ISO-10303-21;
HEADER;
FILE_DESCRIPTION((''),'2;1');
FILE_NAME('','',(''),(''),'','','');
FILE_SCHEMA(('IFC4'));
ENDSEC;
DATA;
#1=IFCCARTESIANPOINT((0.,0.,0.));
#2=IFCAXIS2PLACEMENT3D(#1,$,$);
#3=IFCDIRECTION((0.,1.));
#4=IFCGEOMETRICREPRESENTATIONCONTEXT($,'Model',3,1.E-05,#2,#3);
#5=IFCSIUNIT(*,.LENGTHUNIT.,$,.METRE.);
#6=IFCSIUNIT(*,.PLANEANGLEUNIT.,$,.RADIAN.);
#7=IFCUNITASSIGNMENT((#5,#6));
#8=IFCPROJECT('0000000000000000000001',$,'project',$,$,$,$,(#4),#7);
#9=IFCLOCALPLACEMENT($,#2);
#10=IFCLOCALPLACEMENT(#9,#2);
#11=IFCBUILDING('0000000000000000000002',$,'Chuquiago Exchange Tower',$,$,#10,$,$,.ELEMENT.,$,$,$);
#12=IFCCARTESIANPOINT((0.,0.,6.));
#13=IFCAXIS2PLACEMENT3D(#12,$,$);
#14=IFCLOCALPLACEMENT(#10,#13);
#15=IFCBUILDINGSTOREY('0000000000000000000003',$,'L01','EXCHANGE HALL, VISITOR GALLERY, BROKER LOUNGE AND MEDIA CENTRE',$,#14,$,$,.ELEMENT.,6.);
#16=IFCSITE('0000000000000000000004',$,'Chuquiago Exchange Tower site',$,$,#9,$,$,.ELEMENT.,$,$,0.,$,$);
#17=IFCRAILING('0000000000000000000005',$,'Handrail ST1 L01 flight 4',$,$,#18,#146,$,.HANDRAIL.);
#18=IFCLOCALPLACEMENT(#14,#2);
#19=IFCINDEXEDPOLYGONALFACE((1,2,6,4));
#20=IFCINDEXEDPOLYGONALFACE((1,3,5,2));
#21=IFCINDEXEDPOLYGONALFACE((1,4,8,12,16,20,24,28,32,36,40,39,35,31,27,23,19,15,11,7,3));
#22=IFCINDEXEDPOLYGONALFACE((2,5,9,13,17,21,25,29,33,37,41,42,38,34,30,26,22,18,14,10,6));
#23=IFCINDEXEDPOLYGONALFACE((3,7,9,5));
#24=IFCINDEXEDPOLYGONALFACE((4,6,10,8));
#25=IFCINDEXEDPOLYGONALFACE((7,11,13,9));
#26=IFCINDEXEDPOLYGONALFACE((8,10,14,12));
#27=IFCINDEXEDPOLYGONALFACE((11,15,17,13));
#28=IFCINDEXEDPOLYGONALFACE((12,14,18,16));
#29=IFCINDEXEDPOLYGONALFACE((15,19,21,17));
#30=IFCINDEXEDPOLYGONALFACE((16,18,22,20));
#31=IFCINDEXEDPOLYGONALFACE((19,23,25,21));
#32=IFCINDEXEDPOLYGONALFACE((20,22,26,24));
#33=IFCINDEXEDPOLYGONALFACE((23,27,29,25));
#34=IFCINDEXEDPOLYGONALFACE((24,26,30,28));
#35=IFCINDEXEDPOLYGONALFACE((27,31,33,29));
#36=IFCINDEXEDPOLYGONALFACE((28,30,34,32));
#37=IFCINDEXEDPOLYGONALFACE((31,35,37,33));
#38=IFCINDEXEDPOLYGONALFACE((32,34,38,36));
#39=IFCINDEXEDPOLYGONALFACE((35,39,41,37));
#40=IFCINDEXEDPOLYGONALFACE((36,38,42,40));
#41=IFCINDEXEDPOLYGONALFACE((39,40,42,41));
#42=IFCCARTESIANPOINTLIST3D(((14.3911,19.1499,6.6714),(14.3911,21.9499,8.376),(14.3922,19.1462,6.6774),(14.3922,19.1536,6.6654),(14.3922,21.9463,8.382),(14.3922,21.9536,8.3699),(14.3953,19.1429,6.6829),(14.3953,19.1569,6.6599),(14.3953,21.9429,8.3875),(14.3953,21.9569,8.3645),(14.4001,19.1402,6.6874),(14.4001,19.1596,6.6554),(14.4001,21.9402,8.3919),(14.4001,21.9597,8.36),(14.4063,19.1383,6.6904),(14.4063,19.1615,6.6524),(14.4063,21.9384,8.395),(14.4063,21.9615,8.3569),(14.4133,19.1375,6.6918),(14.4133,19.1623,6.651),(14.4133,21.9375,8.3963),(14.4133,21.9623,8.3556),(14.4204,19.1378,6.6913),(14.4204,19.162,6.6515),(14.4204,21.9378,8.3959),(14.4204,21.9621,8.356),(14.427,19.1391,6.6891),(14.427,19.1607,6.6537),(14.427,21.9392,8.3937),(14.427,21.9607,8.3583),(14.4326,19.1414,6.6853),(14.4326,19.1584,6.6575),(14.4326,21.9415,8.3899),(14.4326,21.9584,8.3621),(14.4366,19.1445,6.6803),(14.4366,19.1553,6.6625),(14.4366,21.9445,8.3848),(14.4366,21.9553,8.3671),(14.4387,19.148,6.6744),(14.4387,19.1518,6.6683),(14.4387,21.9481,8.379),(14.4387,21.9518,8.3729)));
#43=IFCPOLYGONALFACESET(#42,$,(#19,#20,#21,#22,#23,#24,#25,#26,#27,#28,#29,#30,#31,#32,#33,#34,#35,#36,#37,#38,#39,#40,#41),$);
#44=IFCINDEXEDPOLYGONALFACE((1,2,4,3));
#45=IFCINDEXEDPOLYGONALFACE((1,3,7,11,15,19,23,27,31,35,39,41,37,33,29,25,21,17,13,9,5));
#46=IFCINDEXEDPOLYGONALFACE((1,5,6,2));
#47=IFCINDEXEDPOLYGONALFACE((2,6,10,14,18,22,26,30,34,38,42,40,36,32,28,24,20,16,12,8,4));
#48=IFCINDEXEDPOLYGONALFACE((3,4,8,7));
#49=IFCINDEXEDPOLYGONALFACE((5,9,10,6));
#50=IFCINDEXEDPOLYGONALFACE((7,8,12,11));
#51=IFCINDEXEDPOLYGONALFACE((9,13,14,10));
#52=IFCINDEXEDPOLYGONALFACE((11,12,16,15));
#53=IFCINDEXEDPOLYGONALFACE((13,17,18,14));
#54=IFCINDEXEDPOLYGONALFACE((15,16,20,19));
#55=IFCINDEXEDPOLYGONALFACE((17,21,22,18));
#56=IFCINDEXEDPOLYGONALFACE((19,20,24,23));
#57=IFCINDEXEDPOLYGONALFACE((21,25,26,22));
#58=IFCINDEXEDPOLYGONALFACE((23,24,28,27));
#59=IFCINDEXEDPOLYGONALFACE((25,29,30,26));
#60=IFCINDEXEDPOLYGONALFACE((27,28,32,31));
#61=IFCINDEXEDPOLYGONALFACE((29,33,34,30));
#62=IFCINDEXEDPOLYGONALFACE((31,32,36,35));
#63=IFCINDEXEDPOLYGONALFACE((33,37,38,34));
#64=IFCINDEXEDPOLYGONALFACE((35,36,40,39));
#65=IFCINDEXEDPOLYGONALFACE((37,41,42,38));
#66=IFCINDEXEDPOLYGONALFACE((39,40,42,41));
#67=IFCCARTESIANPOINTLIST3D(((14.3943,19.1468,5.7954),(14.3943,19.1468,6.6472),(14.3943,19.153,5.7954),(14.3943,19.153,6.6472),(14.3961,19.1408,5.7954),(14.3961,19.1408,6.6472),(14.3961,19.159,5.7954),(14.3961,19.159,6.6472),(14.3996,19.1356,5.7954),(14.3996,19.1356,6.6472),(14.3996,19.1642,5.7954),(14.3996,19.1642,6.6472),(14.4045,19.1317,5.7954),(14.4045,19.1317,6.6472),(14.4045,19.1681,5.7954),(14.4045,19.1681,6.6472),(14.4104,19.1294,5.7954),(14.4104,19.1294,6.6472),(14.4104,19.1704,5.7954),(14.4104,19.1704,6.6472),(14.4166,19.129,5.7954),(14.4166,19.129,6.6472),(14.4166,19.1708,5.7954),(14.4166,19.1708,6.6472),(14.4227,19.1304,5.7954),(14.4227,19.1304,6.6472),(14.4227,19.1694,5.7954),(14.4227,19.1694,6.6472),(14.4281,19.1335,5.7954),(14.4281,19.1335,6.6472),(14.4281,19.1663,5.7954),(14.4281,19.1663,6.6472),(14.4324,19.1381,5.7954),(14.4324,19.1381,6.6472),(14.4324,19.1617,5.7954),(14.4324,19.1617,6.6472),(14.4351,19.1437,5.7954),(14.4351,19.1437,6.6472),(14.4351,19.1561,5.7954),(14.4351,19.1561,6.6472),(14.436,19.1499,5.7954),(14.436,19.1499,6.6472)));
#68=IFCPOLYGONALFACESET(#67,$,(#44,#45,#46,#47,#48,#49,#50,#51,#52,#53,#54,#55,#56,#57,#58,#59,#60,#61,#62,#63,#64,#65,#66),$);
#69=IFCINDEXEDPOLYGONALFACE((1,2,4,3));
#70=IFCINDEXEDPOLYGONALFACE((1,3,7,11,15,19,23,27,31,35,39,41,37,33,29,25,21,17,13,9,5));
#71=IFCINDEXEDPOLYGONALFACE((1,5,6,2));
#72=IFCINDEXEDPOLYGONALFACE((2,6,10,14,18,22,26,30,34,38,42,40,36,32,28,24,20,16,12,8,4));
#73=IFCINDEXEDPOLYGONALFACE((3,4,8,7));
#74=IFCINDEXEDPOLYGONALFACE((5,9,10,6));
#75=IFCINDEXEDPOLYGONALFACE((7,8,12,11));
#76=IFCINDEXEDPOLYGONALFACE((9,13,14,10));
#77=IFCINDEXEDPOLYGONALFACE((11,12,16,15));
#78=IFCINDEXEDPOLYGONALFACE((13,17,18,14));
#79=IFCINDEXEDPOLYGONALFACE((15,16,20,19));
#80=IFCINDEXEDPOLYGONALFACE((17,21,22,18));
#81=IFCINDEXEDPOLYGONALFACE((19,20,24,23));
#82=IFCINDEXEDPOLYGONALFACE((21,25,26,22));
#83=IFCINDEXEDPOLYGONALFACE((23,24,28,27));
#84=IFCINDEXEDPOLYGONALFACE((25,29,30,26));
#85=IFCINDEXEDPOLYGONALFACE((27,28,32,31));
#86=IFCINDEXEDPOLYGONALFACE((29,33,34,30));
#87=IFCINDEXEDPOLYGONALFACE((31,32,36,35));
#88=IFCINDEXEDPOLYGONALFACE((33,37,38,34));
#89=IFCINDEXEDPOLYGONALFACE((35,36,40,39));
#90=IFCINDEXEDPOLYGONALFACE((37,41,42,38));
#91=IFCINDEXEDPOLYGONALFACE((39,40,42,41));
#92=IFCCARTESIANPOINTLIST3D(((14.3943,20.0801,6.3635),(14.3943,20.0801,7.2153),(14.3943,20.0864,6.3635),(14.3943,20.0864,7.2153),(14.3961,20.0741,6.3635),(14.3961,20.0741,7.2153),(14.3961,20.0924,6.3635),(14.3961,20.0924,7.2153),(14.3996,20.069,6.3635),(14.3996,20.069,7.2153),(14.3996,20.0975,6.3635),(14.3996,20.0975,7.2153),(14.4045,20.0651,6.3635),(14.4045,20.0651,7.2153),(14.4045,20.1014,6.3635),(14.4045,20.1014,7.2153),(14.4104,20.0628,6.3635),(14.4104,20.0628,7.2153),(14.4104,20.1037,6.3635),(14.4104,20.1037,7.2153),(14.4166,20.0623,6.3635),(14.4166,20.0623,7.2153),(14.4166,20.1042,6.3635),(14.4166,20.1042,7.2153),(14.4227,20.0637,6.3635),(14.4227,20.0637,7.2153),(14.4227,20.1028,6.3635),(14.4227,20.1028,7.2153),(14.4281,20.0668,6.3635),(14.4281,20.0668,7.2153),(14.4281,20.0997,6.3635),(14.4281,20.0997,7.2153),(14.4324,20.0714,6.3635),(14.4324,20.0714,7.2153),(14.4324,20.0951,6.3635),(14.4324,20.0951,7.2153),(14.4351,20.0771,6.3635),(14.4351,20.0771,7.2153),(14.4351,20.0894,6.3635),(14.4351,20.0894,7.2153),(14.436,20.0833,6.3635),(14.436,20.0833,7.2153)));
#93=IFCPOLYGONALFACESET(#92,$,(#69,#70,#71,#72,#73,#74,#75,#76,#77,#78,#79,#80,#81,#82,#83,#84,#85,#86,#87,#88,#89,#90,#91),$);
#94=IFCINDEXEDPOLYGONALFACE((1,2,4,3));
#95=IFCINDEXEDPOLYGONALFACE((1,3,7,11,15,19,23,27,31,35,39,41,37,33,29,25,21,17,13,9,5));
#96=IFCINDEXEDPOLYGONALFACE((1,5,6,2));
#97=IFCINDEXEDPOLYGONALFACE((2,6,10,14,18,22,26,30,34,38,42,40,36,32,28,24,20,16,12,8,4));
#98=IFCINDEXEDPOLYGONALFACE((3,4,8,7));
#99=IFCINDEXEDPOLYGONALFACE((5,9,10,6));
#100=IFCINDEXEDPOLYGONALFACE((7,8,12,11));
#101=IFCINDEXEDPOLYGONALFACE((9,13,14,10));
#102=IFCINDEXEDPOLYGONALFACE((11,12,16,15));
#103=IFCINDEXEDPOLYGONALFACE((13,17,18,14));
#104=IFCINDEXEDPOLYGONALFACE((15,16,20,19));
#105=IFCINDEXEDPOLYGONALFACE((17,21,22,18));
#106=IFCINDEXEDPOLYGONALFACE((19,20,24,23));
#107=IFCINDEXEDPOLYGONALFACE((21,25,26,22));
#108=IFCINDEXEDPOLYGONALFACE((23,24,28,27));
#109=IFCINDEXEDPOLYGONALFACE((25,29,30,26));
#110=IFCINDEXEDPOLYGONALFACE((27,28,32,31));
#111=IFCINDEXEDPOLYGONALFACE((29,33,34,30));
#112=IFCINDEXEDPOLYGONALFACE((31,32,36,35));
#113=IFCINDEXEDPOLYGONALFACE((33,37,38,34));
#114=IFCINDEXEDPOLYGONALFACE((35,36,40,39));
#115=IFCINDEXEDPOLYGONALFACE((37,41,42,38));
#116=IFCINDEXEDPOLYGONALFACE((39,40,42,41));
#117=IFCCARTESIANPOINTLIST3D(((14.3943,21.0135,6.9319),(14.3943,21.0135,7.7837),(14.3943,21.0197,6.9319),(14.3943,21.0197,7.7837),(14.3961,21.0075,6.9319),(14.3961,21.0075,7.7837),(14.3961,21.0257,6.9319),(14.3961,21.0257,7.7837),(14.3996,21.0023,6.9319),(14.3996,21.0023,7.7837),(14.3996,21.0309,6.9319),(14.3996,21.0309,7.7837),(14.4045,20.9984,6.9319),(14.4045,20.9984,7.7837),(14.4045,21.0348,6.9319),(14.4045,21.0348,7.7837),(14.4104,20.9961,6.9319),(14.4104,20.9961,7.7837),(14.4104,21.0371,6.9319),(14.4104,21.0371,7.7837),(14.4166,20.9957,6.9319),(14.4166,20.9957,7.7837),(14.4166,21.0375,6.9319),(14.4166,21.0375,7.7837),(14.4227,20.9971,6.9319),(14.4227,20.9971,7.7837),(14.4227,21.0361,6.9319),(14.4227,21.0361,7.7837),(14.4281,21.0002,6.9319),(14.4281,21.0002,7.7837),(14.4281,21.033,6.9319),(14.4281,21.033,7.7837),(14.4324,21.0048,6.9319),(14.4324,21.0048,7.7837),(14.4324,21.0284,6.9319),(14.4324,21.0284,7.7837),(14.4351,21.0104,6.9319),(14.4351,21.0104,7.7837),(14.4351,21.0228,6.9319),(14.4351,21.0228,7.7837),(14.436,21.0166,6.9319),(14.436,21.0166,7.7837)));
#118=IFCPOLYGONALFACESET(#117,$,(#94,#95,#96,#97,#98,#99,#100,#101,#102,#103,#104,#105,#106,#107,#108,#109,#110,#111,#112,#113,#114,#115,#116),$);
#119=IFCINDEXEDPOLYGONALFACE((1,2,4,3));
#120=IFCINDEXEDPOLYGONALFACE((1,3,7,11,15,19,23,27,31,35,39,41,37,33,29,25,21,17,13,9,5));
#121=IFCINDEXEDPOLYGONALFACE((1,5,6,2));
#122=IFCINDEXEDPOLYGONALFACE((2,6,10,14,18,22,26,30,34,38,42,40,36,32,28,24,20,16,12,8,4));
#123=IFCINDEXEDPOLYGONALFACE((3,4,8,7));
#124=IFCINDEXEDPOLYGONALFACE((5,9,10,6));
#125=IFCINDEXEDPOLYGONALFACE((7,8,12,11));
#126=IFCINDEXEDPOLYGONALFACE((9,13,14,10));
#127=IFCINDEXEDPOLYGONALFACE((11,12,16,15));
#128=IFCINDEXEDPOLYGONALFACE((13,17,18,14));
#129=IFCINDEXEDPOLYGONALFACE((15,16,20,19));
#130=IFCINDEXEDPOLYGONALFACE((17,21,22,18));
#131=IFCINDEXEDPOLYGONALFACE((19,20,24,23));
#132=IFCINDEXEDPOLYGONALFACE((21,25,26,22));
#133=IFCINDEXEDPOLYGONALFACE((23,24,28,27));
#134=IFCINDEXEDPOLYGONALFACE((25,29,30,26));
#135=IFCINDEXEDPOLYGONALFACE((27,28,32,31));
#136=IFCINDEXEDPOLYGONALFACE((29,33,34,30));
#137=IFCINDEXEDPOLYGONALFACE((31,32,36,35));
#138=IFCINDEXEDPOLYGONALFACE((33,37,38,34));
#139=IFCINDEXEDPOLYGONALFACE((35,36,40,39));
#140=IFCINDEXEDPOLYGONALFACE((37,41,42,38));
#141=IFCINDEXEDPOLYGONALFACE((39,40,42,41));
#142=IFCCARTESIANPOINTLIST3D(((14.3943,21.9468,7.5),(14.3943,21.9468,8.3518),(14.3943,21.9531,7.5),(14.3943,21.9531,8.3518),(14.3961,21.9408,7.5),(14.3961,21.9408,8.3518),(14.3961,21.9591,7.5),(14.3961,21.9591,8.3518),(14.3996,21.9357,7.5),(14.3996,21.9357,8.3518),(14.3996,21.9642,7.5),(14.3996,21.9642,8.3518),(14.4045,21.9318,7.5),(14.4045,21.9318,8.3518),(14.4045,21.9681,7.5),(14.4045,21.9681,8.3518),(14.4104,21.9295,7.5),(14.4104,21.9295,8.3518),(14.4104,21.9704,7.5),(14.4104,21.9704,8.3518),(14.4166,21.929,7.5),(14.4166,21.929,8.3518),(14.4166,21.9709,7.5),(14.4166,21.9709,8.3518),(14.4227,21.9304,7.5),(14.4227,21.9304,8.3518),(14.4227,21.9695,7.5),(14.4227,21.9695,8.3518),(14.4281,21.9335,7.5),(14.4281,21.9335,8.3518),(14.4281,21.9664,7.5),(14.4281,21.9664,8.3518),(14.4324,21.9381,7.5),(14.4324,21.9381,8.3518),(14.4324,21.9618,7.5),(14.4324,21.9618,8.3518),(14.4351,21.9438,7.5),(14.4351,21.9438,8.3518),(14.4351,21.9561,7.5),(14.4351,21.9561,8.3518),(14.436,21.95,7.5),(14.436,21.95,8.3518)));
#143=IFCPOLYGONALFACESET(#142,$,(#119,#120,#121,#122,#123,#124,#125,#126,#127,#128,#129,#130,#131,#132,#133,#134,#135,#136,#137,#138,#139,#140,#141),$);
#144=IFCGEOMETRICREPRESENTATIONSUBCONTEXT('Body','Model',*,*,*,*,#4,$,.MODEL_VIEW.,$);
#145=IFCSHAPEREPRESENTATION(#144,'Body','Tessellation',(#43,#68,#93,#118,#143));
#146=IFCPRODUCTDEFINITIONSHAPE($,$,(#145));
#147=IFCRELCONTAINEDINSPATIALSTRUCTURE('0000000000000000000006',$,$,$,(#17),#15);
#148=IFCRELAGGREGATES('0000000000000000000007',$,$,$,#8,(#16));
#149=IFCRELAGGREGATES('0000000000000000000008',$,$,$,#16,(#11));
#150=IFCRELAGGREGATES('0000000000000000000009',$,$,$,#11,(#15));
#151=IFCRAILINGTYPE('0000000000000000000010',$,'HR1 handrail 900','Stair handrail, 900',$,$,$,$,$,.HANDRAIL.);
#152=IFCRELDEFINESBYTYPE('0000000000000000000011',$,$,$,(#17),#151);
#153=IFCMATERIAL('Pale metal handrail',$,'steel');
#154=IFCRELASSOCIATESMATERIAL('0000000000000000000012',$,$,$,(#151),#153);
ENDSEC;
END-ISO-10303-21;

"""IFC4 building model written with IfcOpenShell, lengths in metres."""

from ifc_helpers import new_model, si_unit, direction, frame, origin, origin_2d, place, context, subcontext, project, spatial, circle, extrude, material, type_object, element, save


model = new_model("IFC4")

# Units and contexts
model_context = context("Model", 3, precision=1e-05, world=origin(), true_north=direction((0.0, 1.0)))
body_context = subcontext(model_context, "Body", "Model", "MODEL_VIEW")
ifc_project = project(units=[si_unit("LENGTHUNIT", "METRE"), si_unit("PLANEANGLEUNIT", "RADIAN")], contexts=[model_context])

# Site, building, storey
site_placement = place(None, origin())
site = spatial("IfcSite", under=ifc_project, at=site_placement, Name="Chuquiago Exchange Tower site", CompositionType="ELEMENT", RefElevation=0.0)
building_placement = place(site_placement, origin())
building = spatial("IfcBuilding", under=site, at=building_placement, Name="Chuquiago Exchange Tower", CompositionType="ELEMENT")
storey_placement = place(building_placement, frame((0.0, 0.0, 6.0)))
storey = spatial("IfcBuildingStorey", under=building, at=storey_placement, Name="L01", Description="EXCHANGE HALL, VISITOR GALLERY, BROKER LOUNGE AND MEDIA CENTRE", CompositionType="ELEMENT", Elevation=6.0)

# Railing
ifc_material_1 = material(Name="Pale metal handrail", Category="steel")
railing_type_1 = type_object("IfcRailingType", Name="HR1 handrail 900", Description="Stair handrail, 900", PredefinedType="HANDRAIL", material=ifc_material_1)
for number, where, name in (
    (1, (14.415, 19.1499, 5.7954), "Handrail ST1 L01 flight 4"),
):
    element("IfcRailing", number, at=place(storey_placement, frame(where)), inside=storey, type_object=railing_type_1, Name=name, PredefinedType="HANDRAIL", context=body_context, shape_type="SweptSolid", body=[
        extrude(circle(Radius=0.0239, at=origin_2d()), frame((0.0, 0.0, 0.876), z_axis=(0.0, 0.85417, 0.519994), x_axis=(-1.0, 0.0, 0.0)), (0.0, 0.0, 1.0), 3.2781),
        extrude(circle(Radius=0.021, at=origin_2d()), origin(), (0.0, 0.0, 1.0), 0.8518),
        extrude(circle(Radius=0.021, at=origin_2d()), frame((0.0, 0.9333, 0.5681)), (0.0, 0.0, 1.0), 0.8518),
        extrude(circle(Radius=0.021, at=origin_2d()), frame((0.0, 1.8667, 1.1365)), (0.0, 0.0, 1.0), 0.8518),
        extrude(circle(Radius=0.021, at=origin_2d()), frame((0.0, 2.8, 1.7046)), (0.0, 0.0, 1.0), 0.8518),
    ])

save(model, "model.ifc")
